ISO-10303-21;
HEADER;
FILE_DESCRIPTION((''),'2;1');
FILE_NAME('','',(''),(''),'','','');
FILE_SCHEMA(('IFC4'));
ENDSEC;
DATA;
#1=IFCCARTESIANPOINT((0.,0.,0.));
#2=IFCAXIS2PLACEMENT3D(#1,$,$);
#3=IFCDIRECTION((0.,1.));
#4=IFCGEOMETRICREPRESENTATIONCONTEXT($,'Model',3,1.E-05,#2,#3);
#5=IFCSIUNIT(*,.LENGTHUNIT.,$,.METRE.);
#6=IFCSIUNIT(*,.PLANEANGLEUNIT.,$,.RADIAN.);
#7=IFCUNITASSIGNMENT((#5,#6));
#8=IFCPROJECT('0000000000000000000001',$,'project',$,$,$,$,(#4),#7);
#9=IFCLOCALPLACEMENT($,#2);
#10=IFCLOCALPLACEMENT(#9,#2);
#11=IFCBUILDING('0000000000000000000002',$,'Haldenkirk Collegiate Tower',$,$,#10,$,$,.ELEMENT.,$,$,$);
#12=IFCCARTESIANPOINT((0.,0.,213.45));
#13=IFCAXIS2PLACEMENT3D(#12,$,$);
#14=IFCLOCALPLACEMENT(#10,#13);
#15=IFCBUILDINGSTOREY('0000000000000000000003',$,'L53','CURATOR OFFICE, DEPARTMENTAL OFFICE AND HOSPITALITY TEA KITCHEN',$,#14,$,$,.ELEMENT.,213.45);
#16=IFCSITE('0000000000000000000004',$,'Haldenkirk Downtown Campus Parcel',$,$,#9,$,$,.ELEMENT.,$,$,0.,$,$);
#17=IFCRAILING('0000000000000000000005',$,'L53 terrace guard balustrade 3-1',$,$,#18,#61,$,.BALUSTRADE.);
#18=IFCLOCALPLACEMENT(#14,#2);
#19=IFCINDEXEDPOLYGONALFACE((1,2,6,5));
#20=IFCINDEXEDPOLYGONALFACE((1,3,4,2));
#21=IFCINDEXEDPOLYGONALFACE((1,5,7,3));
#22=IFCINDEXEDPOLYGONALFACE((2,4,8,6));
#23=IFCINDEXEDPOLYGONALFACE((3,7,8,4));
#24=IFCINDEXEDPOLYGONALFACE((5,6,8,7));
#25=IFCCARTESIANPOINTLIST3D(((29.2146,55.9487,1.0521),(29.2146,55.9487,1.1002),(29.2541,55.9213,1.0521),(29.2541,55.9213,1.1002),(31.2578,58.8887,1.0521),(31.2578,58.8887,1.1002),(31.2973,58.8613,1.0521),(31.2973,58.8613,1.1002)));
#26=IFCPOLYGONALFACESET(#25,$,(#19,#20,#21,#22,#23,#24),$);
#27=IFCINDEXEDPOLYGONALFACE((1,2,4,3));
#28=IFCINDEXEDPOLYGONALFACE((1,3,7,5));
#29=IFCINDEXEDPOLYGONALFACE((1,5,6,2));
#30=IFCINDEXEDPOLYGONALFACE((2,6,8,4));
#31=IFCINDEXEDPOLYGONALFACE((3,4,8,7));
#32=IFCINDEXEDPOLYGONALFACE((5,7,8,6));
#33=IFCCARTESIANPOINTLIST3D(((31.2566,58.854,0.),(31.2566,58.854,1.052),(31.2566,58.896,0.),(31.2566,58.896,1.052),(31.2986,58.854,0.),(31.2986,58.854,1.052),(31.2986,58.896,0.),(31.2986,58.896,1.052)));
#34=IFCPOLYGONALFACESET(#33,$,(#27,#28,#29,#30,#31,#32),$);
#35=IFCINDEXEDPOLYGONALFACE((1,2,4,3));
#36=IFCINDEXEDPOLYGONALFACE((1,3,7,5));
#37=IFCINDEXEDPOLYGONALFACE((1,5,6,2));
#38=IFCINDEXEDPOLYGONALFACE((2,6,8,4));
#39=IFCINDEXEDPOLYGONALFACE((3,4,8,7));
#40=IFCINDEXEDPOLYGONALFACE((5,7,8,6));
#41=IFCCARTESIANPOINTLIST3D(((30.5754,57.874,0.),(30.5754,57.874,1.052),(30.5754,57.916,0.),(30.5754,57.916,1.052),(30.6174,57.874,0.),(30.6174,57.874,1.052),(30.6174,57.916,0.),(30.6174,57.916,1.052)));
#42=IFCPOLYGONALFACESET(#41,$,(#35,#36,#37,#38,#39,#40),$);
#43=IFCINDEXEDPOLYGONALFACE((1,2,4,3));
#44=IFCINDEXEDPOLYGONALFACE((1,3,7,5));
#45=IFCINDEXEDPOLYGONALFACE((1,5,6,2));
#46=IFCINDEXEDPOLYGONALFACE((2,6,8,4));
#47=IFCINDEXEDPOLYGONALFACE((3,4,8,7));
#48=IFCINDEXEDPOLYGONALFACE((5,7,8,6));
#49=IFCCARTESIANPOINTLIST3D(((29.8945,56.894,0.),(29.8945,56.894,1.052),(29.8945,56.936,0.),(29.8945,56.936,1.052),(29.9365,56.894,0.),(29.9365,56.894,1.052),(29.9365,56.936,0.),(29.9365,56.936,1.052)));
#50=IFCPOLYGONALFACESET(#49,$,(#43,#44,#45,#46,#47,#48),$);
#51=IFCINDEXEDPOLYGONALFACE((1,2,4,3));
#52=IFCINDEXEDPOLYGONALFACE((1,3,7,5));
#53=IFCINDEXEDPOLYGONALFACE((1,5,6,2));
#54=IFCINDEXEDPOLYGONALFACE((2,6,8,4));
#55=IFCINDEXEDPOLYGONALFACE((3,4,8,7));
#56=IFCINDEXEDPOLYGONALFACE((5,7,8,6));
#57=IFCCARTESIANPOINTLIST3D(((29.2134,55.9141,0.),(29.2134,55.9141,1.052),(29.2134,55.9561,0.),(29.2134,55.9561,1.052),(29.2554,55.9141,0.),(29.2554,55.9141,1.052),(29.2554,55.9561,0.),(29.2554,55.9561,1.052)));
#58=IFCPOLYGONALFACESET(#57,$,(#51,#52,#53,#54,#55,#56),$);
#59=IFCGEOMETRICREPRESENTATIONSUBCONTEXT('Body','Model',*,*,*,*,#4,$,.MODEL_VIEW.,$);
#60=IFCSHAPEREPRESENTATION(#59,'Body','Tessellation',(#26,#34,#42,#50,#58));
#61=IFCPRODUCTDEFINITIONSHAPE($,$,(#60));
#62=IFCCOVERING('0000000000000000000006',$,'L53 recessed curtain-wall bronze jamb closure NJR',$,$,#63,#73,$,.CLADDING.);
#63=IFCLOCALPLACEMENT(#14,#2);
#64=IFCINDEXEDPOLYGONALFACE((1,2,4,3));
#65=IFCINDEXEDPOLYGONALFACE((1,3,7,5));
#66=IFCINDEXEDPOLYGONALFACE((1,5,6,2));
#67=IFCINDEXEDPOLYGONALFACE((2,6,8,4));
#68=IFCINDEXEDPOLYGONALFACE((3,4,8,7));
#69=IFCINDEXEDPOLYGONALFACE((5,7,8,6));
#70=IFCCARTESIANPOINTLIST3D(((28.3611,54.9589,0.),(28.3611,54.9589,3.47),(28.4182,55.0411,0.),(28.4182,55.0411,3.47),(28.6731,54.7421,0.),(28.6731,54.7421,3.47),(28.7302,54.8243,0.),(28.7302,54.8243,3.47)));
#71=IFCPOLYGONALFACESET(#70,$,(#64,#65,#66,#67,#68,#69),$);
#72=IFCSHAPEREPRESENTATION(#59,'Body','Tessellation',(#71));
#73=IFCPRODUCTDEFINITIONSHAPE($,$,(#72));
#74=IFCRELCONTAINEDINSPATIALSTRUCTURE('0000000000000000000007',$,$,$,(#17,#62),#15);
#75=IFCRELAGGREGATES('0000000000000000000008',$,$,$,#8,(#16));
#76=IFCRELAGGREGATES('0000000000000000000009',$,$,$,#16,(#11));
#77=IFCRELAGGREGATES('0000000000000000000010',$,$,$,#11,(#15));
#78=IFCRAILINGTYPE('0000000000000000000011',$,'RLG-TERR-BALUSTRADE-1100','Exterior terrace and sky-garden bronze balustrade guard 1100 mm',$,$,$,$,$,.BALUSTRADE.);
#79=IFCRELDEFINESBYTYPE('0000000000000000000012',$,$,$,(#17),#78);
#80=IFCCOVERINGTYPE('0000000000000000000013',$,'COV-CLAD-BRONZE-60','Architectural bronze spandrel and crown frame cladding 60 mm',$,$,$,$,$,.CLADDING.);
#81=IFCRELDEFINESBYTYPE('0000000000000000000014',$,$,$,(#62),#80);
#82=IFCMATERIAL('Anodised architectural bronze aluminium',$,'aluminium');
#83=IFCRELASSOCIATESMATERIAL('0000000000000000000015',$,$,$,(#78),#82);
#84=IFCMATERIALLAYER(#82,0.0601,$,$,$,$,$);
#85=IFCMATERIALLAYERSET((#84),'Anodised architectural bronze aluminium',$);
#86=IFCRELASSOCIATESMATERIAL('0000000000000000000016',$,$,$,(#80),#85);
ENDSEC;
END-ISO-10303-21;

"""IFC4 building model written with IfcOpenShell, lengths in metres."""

from ifc_helpers import new_model, si_unit, direction, frame, origin, origin_2d, place, context, subcontext, project, spatial, rectangle, extrude, source, transform, mapped, material, layer, layer_set, type_object, element, save


model = new_model("IFC4")

# Units and contexts
model_context = context("Model", 3, precision=1e-05, world=origin(), true_north=direction((0.0, 1.0)))
body_context = subcontext(model_context, "Body", "Model", "MODEL_VIEW")
ifc_project = project(units=[si_unit("LENGTHUNIT", "METRE"), si_unit("PLANEANGLEUNIT", "RADIAN")], contexts=[model_context])

# Site, building, storey
site_placement = place(None, origin())
site = spatial("IfcSite", under=ifc_project, at=site_placement, Name="Haldenkirk Downtown Campus Parcel", CompositionType="ELEMENT", RefElevation=0.0)
building_placement = place(site_placement, origin())
building = spatial("IfcBuilding", under=site, at=building_placement, Name="Haldenkirk Collegiate Tower", CompositionType="ELEMENT")
storey_placement = place(building_placement, frame((0.0, 0.0, 213.45)))
storey = spatial("IfcBuildingStorey", under=building, at=storey_placement, Name="L53", Description="CURATOR OFFICE, DEPARTMENTAL OFFICE AND HOSPITALITY TEA KITCHEN", CompositionType="ELEMENT", Elevation=213.45)

# Shared definitions
ifc_material_1 = material(Name="Anodised architectural bronze aluminium", Category="aluminium")

# Railing
railing_type = type_object("IfcRailingType", Name="RLG-TERR-BALUSTRADE-1100", Description="Exterior terrace and sky-garden bronze balustrade guard 1100 mm", PredefinedType="BALUSTRADE", material=ifc_material_1)
railing_placement = place(storey_placement, frame((31.2776, 58.875, 0.0)))
element("IfcRailing", 1, at=railing_placement, inside=storey, type_object=railing_type, Name="L53 terrace guard balustrade 3-1", PredefinedType="BALUSTRADE", context=body_context, shape_type="SweptSolid", body=[
    extrude(rectangle(XDim=0.0481, YDim=0.0481, at=origin_2d()), frame((0.0, 0.0, 1.0762), z_axis=(-0.570695, -0.821162, 0.0), x_axis=(0.821162, -0.570695, 0.0)), (0.0, 0.0, 1.0), 3.5803),
    extrude(rectangle(XDim=0.042, YDim=0.042, at=origin_2d()), origin(), (0.0, 0.0, 1.0), 1.052),
    extrude(rectangle(XDim=0.042, YDim=0.042, at=origin_2d()), frame((-0.6812, -0.98, 0.0)), (0.0, 0.0, 1.0), 1.052),
    extrude(rectangle(XDim=0.042, YDim=0.042, at=origin_2d()), frame((-1.3621, -1.96, 0.0)), (0.0, 0.0, 1.0), 1.052),
    extrude(rectangle(XDim=0.042, YDim=0.042, at=origin_2d()), frame((-2.0432, -2.9399, 0.0)), (0.0, 0.0, 1.0), 1.052),
])

# Covering
ifc_layer_1 = layer(ifc_material_1, 0.0601)
ifc_layer_set_1 = layer_set([ifc_layer_1], Name="Anodised architectural bronze aluminium")
covering_type = type_object("IfcCoveringType", Name="COV-CLAD-BRONZE-60", Description="Architectural bronze spandrel and crown frame cladding 60 mm", PredefinedType="CLADDING", material=ifc_layer_set_1)
shared_shape_1 = source(origin(), body_context, "Body", "SweptSolid", [
    extrude(rectangle(XDim=0.1001, YDim=0.3799, at=origin_2d()), origin(), (0.0, 0.0, 1.0), 3.47),
])
covering_placement = place(storey_placement, frame((28.5457, 54.8916, 0.0), z_axis=(0.0, 0.0, 1.0), x_axis=(0.570714, 0.821149, 0.0)))
element("IfcCovering", 2, at=covering_placement, inside=storey, type_object=covering_type, Name="L53 recessed curtain-wall bronze jamb closure NJR", PredefinedType="CLADDING", context=body_context, shape_type="MappedRepresentation", body=[
    mapped(shared_shape_1, transform((0.0, 0.0, 0.0), x_axis=(1.0, 0.0, 0.0), y_axis=(0.0, 1.0, 0.0), z_axis=(0.0, 0.0, 1.0), scale=1.0)),
])

save(model, "model.ifc")
